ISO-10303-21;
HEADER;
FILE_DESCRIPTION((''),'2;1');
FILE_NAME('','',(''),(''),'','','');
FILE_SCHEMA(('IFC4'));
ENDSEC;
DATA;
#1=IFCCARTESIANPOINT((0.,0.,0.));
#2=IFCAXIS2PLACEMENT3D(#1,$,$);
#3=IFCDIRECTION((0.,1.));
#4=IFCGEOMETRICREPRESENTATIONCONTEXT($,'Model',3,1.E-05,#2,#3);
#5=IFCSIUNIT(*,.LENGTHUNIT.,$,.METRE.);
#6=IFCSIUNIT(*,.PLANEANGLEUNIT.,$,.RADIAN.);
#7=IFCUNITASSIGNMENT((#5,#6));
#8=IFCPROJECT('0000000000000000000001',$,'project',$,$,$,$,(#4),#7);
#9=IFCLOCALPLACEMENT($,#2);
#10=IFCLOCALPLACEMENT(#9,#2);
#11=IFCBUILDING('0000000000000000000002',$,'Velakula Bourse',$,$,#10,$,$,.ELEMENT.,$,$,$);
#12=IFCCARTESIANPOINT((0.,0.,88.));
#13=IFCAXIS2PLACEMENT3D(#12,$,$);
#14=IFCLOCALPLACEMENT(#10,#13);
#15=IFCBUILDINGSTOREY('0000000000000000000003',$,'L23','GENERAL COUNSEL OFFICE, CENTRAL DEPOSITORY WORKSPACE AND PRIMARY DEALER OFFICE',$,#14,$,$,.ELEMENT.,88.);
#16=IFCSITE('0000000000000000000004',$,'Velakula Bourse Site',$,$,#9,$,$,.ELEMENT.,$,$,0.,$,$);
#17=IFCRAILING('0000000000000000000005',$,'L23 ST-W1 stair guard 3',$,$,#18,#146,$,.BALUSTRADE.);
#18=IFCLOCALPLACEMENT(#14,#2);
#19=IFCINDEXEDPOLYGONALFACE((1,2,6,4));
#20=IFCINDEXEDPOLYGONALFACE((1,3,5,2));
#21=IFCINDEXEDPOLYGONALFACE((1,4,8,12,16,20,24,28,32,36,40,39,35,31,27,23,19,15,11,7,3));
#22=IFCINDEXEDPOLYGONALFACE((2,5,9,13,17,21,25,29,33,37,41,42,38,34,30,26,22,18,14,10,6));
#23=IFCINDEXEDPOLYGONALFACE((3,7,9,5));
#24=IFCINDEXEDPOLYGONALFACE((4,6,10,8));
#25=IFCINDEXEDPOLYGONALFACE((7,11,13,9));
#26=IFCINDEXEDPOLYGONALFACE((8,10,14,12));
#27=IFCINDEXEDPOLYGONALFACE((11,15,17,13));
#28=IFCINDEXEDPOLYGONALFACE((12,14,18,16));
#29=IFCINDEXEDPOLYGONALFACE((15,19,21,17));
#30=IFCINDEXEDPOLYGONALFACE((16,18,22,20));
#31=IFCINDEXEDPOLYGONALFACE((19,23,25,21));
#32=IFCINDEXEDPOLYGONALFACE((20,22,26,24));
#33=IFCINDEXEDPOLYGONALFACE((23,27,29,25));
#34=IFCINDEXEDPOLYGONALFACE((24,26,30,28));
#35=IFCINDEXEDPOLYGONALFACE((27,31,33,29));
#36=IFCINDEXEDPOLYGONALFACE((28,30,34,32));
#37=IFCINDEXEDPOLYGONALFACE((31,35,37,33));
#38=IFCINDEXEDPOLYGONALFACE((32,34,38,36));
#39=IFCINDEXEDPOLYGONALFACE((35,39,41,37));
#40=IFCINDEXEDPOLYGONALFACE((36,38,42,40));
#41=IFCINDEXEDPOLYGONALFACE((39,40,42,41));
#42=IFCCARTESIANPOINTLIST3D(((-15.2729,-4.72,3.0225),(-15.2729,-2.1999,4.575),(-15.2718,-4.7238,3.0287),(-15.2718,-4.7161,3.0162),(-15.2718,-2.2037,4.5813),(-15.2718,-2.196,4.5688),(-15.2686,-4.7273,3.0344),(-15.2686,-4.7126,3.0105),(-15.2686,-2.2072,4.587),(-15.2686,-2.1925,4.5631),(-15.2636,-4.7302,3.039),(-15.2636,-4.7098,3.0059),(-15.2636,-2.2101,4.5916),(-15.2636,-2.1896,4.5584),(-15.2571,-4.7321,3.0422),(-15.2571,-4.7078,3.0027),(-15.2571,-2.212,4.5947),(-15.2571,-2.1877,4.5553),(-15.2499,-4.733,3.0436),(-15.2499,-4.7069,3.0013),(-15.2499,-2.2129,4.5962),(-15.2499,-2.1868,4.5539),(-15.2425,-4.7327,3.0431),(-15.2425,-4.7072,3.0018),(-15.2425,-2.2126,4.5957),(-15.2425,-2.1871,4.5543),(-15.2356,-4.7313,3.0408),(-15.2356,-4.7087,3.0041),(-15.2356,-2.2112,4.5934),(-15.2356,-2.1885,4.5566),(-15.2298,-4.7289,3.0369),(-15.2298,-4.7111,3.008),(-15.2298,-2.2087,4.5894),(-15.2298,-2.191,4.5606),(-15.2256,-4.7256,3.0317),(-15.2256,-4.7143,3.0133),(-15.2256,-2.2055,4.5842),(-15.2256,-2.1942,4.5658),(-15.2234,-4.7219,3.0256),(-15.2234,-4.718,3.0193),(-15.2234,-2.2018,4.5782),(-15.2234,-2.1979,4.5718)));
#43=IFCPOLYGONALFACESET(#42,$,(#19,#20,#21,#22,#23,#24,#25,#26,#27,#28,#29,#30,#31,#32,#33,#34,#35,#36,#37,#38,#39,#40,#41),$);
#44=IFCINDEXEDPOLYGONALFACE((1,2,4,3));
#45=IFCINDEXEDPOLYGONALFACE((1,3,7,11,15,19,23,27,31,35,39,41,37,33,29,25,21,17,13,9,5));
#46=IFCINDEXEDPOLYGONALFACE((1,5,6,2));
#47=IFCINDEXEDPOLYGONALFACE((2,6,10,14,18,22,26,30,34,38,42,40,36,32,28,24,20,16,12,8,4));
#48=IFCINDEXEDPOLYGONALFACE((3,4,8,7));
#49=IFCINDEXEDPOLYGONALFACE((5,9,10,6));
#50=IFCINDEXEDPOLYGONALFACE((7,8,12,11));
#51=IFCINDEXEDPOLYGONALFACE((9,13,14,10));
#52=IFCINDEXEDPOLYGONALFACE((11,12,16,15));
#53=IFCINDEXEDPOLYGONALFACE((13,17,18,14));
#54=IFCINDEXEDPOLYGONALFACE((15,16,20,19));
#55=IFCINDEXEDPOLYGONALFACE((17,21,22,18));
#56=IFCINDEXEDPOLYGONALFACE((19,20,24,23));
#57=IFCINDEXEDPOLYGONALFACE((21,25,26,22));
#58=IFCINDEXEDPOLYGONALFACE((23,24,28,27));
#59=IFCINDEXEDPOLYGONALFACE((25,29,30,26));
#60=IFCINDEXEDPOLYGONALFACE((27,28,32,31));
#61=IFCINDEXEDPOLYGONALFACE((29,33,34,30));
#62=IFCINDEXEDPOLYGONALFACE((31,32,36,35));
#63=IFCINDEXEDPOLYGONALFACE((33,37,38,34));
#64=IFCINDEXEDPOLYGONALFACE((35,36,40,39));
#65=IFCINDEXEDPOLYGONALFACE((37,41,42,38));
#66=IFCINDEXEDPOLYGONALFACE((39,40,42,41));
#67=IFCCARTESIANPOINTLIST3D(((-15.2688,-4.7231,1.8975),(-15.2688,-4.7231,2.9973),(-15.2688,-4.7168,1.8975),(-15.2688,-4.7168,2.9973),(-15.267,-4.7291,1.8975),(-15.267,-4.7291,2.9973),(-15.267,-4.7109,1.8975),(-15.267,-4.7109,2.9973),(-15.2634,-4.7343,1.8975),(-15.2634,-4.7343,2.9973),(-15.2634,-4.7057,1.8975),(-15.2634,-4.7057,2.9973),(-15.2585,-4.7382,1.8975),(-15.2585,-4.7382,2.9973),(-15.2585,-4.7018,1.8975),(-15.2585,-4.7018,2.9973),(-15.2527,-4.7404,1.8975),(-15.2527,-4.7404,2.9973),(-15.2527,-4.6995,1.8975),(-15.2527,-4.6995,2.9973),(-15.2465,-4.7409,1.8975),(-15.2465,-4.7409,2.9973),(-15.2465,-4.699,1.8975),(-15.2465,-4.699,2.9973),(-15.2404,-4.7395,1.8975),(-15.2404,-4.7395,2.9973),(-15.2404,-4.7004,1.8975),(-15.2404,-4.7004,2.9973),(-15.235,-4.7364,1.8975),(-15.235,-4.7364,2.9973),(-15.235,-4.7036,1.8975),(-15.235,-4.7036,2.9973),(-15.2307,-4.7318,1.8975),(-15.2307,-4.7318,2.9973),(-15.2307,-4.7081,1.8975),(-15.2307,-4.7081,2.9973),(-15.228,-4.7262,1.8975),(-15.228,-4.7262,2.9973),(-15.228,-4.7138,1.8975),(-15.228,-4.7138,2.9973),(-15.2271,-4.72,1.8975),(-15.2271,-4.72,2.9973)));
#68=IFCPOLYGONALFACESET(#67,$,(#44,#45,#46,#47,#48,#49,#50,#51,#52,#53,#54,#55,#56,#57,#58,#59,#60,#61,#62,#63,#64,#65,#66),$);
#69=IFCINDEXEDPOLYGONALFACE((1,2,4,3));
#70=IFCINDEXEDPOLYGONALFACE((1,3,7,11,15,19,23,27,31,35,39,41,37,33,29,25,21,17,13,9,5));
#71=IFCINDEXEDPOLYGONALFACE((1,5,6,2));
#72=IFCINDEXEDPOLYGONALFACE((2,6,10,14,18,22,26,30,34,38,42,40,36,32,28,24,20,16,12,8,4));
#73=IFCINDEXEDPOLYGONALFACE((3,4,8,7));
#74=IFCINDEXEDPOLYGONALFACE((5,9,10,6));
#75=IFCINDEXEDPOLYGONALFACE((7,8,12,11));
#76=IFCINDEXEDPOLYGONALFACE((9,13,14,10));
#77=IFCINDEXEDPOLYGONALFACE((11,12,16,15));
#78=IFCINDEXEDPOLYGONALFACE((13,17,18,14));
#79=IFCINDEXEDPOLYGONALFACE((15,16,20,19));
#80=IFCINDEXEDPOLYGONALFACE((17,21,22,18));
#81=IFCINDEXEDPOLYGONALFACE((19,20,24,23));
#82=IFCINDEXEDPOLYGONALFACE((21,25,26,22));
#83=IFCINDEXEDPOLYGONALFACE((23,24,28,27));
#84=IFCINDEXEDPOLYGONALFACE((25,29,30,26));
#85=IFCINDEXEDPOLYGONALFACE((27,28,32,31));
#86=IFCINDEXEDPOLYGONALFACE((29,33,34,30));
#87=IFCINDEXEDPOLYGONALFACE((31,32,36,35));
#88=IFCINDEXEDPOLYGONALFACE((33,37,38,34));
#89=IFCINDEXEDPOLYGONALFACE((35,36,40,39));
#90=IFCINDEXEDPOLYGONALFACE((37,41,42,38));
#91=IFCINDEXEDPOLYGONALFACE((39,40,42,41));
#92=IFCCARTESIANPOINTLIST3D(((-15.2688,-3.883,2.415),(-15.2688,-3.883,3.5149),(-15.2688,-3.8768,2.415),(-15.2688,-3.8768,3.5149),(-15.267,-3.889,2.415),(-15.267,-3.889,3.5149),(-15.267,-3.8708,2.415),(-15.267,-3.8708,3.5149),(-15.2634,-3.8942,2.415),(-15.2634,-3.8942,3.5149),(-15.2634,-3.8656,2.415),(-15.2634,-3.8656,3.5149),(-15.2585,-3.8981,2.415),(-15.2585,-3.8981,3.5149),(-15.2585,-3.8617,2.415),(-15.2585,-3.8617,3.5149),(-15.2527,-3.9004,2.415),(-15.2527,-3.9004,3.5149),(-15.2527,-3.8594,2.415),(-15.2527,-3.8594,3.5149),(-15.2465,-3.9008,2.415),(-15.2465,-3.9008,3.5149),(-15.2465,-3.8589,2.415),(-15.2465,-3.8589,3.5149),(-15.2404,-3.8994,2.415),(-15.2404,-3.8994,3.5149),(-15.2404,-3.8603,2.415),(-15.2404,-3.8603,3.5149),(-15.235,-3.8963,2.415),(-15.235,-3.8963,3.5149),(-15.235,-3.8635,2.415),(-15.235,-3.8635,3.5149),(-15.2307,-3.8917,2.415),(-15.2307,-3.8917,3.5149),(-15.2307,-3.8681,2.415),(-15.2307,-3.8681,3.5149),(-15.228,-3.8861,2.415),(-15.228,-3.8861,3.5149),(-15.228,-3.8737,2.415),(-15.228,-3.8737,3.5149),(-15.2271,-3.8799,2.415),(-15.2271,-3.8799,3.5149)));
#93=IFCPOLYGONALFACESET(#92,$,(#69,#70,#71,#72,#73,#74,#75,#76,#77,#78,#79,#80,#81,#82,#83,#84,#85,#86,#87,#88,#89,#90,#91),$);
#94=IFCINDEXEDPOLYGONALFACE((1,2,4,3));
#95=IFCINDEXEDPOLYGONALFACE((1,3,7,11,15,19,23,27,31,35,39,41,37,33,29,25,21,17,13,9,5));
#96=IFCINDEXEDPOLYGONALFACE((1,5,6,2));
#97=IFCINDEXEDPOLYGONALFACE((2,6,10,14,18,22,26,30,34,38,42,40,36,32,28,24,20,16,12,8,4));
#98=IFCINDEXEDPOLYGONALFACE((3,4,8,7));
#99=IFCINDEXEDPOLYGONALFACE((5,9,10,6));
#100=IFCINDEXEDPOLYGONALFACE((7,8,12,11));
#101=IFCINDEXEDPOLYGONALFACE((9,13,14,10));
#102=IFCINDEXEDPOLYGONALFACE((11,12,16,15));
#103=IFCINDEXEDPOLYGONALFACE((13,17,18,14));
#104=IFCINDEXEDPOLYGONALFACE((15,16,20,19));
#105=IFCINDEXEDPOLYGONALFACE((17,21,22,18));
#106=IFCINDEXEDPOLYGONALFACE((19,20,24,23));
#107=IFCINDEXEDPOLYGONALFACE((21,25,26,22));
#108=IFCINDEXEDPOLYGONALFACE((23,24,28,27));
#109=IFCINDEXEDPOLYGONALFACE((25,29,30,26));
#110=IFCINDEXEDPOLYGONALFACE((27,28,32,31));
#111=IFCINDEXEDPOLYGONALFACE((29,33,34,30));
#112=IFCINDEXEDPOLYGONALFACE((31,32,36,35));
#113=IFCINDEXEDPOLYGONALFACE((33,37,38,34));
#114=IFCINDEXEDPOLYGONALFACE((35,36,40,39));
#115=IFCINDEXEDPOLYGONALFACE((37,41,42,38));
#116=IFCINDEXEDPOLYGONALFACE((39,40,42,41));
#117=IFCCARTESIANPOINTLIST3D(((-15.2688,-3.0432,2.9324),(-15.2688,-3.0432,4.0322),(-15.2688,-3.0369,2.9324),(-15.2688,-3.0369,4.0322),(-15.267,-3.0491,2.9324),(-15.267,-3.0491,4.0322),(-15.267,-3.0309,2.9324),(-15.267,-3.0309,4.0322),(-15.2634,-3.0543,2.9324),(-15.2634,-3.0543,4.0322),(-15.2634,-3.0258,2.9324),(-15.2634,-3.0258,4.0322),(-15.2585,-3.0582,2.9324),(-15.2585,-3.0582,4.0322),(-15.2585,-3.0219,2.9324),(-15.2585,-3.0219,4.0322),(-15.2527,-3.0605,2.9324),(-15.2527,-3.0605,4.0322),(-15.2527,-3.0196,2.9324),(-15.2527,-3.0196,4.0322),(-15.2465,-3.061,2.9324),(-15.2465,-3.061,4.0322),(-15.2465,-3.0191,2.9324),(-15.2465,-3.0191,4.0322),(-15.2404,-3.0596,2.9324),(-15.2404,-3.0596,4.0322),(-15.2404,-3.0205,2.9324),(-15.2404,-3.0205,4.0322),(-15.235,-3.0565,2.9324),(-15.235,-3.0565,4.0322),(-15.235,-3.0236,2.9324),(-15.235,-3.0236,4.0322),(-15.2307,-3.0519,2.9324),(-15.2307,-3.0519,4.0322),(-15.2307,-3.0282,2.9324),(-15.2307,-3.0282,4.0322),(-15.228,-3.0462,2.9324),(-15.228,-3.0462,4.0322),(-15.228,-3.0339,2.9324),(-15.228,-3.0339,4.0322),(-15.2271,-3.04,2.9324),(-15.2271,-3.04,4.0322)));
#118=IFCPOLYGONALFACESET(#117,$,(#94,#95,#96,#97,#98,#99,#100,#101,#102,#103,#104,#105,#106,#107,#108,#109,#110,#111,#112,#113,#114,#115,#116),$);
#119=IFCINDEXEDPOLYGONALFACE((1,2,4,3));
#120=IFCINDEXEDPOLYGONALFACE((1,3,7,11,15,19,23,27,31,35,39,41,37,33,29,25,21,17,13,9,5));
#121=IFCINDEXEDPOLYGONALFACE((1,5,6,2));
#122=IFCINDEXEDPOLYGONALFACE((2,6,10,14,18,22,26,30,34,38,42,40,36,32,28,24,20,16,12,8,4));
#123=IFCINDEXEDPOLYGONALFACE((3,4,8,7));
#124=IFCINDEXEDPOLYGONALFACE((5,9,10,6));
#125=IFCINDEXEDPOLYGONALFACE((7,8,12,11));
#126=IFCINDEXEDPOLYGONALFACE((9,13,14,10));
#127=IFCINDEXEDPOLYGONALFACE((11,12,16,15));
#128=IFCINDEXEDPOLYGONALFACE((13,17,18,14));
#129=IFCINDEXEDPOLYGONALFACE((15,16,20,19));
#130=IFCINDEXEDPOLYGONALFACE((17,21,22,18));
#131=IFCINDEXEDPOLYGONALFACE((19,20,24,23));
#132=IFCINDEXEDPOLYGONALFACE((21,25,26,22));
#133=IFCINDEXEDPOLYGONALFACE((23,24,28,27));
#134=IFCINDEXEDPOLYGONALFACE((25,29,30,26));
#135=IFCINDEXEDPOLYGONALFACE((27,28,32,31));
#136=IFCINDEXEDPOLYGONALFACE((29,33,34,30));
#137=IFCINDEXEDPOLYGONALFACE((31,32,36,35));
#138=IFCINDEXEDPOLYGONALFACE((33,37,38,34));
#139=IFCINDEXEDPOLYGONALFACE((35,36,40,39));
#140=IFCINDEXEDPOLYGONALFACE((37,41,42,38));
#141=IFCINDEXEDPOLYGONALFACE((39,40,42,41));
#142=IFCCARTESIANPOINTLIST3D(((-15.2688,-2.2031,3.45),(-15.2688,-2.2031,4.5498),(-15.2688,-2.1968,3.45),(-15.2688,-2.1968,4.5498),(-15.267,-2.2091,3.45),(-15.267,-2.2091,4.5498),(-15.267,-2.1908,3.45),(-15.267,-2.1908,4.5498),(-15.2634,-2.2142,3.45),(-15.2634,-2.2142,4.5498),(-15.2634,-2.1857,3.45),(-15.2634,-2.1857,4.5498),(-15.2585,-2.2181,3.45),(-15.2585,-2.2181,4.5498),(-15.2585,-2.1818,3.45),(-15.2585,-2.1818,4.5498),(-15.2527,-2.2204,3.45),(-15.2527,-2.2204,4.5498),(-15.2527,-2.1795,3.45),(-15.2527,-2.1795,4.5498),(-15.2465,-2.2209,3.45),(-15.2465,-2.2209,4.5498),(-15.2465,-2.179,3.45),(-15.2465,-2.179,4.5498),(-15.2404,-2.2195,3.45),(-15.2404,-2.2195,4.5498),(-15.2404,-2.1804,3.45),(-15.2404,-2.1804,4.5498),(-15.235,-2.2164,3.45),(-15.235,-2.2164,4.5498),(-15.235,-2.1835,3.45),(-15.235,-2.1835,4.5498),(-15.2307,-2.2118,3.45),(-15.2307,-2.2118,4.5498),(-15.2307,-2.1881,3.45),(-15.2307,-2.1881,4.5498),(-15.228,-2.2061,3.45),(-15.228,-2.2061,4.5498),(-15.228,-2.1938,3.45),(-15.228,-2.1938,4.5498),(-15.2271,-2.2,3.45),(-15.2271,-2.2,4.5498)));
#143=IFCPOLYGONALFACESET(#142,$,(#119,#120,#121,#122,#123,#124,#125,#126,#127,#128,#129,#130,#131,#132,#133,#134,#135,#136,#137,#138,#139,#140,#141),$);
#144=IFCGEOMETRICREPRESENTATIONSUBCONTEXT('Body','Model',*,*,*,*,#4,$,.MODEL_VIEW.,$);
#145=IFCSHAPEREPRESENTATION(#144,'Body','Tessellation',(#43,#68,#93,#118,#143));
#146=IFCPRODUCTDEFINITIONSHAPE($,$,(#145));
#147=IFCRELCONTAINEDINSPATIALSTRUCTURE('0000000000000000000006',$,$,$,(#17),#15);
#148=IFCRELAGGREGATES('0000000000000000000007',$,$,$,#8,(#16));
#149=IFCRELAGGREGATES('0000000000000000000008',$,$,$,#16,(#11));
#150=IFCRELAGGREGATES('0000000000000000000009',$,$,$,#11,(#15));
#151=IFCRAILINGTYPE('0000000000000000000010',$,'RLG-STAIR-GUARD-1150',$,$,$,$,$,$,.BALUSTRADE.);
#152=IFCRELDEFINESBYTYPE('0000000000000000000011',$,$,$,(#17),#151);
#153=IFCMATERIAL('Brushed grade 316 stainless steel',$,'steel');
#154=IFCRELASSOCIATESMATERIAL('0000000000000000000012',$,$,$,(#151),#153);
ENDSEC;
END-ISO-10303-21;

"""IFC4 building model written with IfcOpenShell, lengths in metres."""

from ifc_helpers import new_model, si_unit, direction, frame, origin, origin_2d, place, context, subcontext, project, spatial, circle, extrude, material, type_object, element, save


model = new_model("IFC4")

# Units and contexts
model_context = context("Model", 3, precision=1e-05, world=origin(), true_north=direction((0.0, 1.0)))
body_context = subcontext(model_context, "Body", "Model", "MODEL_VIEW")
ifc_project = project(units=[si_unit("LENGTHUNIT", "METRE"), si_unit("PLANEANGLEUNIT", "RADIAN")], contexts=[model_context])

# Site, building, storey
site_placement = place(None, origin())
site = spatial("IfcSite", under=ifc_project, at=site_placement, Name="Velakula Bourse Site", CompositionType="ELEMENT", RefElevation=0.0)
building_placement = place(site_placement, origin())
building = spatial("IfcBuilding", under=site, at=building_placement, Name="Velakula Bourse", CompositionType="ELEMENT")
storey_placement = place(building_placement, frame((0.0, 0.0, 88.0)))
storey = spatial("IfcBuildingStorey", under=building, at=storey_placement, Name="L23", Description="GENERAL COUNSEL OFFICE, CENTRAL DEPOSITORY WORKSPACE AND PRIMARY DEALER OFFICE", CompositionType="ELEMENT", Elevation=88.0)

# Shared definitions
ifc_material_1 = material(Name="Brushed grade 316 stainless steel", Category="steel")

# Railing
railing_type_1 = type_object("IfcRailingType", Name="RLG-STAIR-GUARD-1150", PredefinedType="BALUSTRADE", material=ifc_material_1)
railing_1_placement = place(storey_placement, frame((-15.248, -4.72, 1.8975)))
element("IfcRailing", 1, at=railing_1_placement, inside=storey, type_object=railing_type_1, Name="L23 ST-W1 stair guard 3", PredefinedType="BALUSTRADE", context=body_context, shape_type="SweptSolid", body=[
    extrude(circle(Radius=0.0249, at=origin_2d()), frame((0.0, 0.0, 1.125), z_axis=(0.0, 0.8514, 0.524516), x_axis=(-1.0, 0.0, 0.0)), (0.0, 0.0, 1.0), 2.96),
    extrude(circle(Radius=0.021, at=origin_2d()), origin(), (0.0, 0.0, 1.0), 1.0999),
    extrude(circle(Radius=0.021, at=origin_2d()), frame((0.0, 0.8401, 0.5176)), (0.0, 0.0, 1.0), 1.0999),
    extrude(circle(Radius=0.021, at=origin_2d()), frame((0.0, 1.6799, 1.0349)), (0.0, 0.0, 1.0), 1.0999),
    extrude(circle(Radius=0.021, at=origin_2d()), frame((0.0, 2.52, 1.5525)), (0.0, 0.0, 1.0), 1.0999),
])

save(model, "model.ifc")
